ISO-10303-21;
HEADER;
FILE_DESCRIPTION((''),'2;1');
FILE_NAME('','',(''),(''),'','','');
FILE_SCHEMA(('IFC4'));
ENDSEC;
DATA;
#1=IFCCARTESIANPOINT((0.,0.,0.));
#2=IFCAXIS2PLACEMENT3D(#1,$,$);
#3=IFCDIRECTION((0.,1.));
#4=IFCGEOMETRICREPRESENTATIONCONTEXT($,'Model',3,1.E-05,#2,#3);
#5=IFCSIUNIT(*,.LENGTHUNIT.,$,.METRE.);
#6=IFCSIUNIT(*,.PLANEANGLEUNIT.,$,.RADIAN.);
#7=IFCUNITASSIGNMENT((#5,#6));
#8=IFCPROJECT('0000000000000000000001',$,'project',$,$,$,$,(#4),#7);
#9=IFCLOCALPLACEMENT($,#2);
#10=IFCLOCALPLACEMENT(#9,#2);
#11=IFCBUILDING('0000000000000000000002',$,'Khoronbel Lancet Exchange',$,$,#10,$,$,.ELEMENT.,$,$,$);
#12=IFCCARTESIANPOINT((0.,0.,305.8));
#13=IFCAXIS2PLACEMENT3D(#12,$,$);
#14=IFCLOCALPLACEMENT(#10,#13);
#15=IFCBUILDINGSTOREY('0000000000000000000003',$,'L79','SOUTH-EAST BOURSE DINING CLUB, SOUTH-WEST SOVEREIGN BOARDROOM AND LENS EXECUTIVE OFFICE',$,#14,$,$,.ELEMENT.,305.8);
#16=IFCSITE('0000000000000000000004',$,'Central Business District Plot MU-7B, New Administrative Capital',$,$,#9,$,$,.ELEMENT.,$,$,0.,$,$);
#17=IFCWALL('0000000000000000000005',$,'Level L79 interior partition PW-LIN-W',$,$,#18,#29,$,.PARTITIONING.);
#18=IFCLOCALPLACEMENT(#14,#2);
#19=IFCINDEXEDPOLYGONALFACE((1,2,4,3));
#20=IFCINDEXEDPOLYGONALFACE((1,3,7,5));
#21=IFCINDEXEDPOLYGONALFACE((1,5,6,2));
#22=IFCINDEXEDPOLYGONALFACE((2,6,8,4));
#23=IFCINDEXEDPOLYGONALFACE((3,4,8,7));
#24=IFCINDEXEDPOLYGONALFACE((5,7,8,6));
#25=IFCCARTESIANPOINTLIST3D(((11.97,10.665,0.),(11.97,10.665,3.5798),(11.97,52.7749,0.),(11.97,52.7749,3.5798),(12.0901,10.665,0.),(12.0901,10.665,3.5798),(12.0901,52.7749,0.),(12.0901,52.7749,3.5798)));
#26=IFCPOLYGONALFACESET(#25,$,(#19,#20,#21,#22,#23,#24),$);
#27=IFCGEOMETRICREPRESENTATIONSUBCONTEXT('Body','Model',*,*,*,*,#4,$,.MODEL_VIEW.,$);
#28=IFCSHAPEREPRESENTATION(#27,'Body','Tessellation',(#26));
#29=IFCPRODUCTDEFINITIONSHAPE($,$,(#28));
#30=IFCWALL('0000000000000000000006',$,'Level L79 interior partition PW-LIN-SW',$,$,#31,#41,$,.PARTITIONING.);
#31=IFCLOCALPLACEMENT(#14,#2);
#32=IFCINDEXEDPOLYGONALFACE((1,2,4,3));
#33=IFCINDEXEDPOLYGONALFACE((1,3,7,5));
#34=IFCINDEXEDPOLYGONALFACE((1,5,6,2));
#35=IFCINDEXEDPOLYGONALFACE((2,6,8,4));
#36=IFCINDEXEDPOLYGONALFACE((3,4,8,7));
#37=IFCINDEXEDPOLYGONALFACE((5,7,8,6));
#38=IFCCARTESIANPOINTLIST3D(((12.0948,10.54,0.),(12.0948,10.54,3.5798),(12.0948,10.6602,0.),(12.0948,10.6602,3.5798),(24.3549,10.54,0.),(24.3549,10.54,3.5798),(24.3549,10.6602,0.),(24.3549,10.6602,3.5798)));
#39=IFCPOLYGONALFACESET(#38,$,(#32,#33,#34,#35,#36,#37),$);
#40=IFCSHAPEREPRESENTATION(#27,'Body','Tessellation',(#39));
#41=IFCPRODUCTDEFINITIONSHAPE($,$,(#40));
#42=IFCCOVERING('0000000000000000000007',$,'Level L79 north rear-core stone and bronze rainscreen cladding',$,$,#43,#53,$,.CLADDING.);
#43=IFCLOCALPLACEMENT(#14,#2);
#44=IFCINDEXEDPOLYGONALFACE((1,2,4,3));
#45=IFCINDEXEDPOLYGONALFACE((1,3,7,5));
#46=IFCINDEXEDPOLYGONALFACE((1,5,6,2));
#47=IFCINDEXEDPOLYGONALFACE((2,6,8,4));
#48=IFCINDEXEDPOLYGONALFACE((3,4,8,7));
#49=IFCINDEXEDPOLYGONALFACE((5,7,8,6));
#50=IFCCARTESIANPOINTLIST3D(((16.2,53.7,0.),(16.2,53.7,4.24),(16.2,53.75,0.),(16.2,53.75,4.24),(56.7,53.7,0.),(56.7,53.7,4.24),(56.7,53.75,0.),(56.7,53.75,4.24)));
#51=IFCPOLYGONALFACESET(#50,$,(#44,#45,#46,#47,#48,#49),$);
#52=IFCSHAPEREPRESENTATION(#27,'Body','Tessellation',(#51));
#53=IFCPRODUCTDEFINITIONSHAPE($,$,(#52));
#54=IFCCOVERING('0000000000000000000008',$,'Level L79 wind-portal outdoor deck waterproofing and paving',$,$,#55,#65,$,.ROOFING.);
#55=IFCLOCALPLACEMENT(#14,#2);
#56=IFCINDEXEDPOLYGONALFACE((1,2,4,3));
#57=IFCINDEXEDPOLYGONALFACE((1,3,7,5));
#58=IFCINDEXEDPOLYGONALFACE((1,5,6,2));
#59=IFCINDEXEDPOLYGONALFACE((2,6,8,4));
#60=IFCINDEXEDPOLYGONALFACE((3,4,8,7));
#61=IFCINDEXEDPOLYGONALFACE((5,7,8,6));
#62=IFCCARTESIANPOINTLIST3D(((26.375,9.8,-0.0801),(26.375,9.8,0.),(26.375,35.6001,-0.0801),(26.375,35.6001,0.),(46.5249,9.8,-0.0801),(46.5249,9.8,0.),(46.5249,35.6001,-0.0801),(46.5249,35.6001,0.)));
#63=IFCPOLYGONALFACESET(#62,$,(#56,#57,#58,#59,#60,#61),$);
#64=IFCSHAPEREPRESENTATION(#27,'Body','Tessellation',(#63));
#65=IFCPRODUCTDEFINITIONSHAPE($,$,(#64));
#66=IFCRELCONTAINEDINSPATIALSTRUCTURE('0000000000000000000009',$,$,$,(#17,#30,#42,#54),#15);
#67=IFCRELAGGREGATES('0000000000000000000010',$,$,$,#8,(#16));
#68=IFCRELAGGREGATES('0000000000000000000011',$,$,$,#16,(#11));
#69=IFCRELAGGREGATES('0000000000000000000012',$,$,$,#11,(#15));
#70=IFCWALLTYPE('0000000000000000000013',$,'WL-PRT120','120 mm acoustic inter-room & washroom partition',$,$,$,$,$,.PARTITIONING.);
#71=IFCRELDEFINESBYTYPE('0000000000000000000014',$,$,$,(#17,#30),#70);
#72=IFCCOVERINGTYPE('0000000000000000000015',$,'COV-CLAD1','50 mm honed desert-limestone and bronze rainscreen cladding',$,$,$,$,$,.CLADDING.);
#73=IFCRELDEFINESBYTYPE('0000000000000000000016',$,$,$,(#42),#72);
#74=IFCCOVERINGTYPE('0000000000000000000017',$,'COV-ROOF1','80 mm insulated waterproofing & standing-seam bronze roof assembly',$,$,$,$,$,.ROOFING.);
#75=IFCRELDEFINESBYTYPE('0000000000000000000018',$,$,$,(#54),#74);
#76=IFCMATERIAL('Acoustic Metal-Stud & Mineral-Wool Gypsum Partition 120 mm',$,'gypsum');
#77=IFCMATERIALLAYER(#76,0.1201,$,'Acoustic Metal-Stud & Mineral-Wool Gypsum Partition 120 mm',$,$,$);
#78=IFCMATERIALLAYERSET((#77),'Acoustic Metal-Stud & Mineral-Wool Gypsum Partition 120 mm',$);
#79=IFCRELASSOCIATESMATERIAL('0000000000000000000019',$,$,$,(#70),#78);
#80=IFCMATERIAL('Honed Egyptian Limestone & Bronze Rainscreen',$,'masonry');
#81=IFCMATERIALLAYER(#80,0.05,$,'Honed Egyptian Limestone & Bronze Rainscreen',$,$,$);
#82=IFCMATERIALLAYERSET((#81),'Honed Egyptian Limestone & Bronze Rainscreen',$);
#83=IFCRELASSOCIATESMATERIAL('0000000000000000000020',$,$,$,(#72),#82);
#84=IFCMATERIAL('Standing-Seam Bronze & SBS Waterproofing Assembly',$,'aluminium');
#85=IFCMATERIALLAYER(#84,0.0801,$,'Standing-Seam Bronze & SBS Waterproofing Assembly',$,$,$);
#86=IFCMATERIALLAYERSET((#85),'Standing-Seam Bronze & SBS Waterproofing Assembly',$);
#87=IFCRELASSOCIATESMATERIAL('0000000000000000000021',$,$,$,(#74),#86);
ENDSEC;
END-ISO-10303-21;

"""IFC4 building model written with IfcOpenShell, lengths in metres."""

from ifc_helpers import new_model, si_unit, direction, frame, frame_2d, origin, place, context, subcontext, project, spatial, polyline, rectangle, outline, extrude, material, layer, layer_set, type_object, element, save


model = new_model("IFC4")

# Units and contexts
model_context = context("Model", 3, precision=1e-05, world=origin(), true_north=direction((0.0, 1.0)))
body_context = subcontext(model_context, "Body", "Model", "MODEL_VIEW")
ifc_project = project(units=[si_unit("LENGTHUNIT", "METRE"), si_unit("PLANEANGLEUNIT", "RADIAN")], contexts=[model_context])

# Site, building, storey
site_placement = place(None, origin())
site = spatial("IfcSite", under=ifc_project, at=site_placement, Name="Central Business District Plot MU-7B, New Administrative Capital", CompositionType="ELEMENT", RefElevation=0.0)
building_placement = place(site_placement, origin())
building = spatial("IfcBuilding", under=site, at=building_placement, Name="Khoronbel Lancet Exchange", CompositionType="ELEMENT")
storey_placement = place(building_placement, frame((0.0, 0.0, 305.8)))
storey = spatial("IfcBuildingStorey", under=building, at=storey_placement, Name="L79", Description="SOUTH-EAST BOURSE DINING CLUB, SOUTH-WEST SOVEREIGN BOARDROOM AND LENS EXECUTIVE OFFICE", CompositionType="ELEMENT", Elevation=305.8)

# Walls
ifc_material_1 = material(Name="Acoustic Metal-Stud & Mineral-Wool Gypsum Partition 120 mm", Category="gypsum")
ifc_layer_1 = layer(ifc_material_1, 0.1201, Name="Acoustic Metal-Stud & Mineral-Wool Gypsum Partition 120 mm")
ifc_layer_set_1 = layer_set([ifc_layer_1], Name="Acoustic Metal-Stud & Mineral-Wool Gypsum Partition 120 mm")
wall_type_1 = type_object("IfcWallType", Name="WL-PRT120", Description="120 mm acoustic inter-room & washroom partition", PredefinedType="PARTITIONING", material=ifc_layer_set_1)
wall_1_placement = place(storey_placement, frame((12.03, 10.665, 0.0), z_axis=(0.0, 0.0, 1.0), x_axis=(0.0, 1.0, 0.0)))
element("IfcWall", 1, at=wall_1_placement, inside=storey, type_object=wall_type_1, Name="Level L79 interior partition PW-LIN-W", PredefinedType="PARTITIONING", context=body_context, shape_type="SweptSolid", body=[
    extrude(rectangle(XDim=42.1099, YDim=0.1201, at=frame_2d((21.0549, 0.0))), origin(), (0.0, 0.0, 1.0), 3.5798),
])
wall_2_placement = place(storey_placement, frame((12.095, 10.6001, 0.0), z_axis=(0.0, 0.0, 1.0), x_axis=(1.0, 0.0, 0.0)))
element("IfcWall", 2, at=wall_2_placement, inside=storey, type_object=wall_type_1, Name="Level L79 interior partition PW-LIN-SW", PredefinedType="PARTITIONING", context=body_context, shape_type="SweptSolid", body=[
    extrude(rectangle(XDim=12.26, YDim=0.1201, at=frame_2d((6.1299, 0.0))), origin(), (0.0, 0.0, 1.0), 3.5798),
])

# Coverings
ifc_material_2 = material(Name="Honed Egyptian Limestone & Bronze Rainscreen", Category="masonry")
ifc_layer_2 = layer(ifc_material_2, 0.05, Name="Honed Egyptian Limestone & Bronze Rainscreen")
ifc_layer_set_2 = layer_set([ifc_layer_2], Name="Honed Egyptian Limestone & Bronze Rainscreen")
covering_type_1 = type_object("IfcCoveringType", Name="COV-CLAD1", Description="50 mm honed desert-limestone and bronze rainscreen cladding", PredefinedType="CLADDING", material=ifc_layer_set_2)
covering_1_placement = place(storey_placement, origin())
element("IfcCovering", 3, at=covering_1_placement, inside=storey, type_object=covering_type_1, Name="Level L79 north rear-core stone and bronze rainscreen cladding", PredefinedType="CLADDING", context=body_context, shape_type="SweptSolid", body=[
    extrude(outline(polyline([(16.2, 53.7), (56.7, 53.7), (56.7, 53.75), (16.2, 53.75), (16.2, 53.7)])), origin(), (0.0, 0.0, 1.0), 4.24),
])
ifc_material_3 = material(Name="Standing-Seam Bronze & SBS Waterproofing Assembly", Category="aluminium")
ifc_layer_3 = layer(ifc_material_3, 0.0801, Name="Standing-Seam Bronze & SBS Waterproofing Assembly")
ifc_layer_set_3 = layer_set([ifc_layer_3], Name="Standing-Seam Bronze & SBS Waterproofing Assembly")
covering_type_2 = type_object("IfcCoveringType", Name="COV-ROOF1", Description="80 mm insulated waterproofing & standing-seam bronze roof assembly", PredefinedType="ROOFING", material=ifc_layer_set_3)
covering_2_placement = place(storey_placement, frame((0.0, 0.0, -0.0801)))
element("IfcCovering", 4, at=covering_2_placement, inside=storey, type_object=covering_type_2, Name="Level L79 wind-portal outdoor deck waterproofing and paving", PredefinedType="ROOFING", context=body_context, shape_type="SweptSolid", body=[
    extrude(outline(polyline([(26.375, 9.8), (46.5249, 9.8), (46.5249, 35.6001), (26.375, 35.6001), (26.375, 9.8)])), origin(), (0.0, 0.0, 1.0), 0.0801),
])

save(model, "model.ifc")
